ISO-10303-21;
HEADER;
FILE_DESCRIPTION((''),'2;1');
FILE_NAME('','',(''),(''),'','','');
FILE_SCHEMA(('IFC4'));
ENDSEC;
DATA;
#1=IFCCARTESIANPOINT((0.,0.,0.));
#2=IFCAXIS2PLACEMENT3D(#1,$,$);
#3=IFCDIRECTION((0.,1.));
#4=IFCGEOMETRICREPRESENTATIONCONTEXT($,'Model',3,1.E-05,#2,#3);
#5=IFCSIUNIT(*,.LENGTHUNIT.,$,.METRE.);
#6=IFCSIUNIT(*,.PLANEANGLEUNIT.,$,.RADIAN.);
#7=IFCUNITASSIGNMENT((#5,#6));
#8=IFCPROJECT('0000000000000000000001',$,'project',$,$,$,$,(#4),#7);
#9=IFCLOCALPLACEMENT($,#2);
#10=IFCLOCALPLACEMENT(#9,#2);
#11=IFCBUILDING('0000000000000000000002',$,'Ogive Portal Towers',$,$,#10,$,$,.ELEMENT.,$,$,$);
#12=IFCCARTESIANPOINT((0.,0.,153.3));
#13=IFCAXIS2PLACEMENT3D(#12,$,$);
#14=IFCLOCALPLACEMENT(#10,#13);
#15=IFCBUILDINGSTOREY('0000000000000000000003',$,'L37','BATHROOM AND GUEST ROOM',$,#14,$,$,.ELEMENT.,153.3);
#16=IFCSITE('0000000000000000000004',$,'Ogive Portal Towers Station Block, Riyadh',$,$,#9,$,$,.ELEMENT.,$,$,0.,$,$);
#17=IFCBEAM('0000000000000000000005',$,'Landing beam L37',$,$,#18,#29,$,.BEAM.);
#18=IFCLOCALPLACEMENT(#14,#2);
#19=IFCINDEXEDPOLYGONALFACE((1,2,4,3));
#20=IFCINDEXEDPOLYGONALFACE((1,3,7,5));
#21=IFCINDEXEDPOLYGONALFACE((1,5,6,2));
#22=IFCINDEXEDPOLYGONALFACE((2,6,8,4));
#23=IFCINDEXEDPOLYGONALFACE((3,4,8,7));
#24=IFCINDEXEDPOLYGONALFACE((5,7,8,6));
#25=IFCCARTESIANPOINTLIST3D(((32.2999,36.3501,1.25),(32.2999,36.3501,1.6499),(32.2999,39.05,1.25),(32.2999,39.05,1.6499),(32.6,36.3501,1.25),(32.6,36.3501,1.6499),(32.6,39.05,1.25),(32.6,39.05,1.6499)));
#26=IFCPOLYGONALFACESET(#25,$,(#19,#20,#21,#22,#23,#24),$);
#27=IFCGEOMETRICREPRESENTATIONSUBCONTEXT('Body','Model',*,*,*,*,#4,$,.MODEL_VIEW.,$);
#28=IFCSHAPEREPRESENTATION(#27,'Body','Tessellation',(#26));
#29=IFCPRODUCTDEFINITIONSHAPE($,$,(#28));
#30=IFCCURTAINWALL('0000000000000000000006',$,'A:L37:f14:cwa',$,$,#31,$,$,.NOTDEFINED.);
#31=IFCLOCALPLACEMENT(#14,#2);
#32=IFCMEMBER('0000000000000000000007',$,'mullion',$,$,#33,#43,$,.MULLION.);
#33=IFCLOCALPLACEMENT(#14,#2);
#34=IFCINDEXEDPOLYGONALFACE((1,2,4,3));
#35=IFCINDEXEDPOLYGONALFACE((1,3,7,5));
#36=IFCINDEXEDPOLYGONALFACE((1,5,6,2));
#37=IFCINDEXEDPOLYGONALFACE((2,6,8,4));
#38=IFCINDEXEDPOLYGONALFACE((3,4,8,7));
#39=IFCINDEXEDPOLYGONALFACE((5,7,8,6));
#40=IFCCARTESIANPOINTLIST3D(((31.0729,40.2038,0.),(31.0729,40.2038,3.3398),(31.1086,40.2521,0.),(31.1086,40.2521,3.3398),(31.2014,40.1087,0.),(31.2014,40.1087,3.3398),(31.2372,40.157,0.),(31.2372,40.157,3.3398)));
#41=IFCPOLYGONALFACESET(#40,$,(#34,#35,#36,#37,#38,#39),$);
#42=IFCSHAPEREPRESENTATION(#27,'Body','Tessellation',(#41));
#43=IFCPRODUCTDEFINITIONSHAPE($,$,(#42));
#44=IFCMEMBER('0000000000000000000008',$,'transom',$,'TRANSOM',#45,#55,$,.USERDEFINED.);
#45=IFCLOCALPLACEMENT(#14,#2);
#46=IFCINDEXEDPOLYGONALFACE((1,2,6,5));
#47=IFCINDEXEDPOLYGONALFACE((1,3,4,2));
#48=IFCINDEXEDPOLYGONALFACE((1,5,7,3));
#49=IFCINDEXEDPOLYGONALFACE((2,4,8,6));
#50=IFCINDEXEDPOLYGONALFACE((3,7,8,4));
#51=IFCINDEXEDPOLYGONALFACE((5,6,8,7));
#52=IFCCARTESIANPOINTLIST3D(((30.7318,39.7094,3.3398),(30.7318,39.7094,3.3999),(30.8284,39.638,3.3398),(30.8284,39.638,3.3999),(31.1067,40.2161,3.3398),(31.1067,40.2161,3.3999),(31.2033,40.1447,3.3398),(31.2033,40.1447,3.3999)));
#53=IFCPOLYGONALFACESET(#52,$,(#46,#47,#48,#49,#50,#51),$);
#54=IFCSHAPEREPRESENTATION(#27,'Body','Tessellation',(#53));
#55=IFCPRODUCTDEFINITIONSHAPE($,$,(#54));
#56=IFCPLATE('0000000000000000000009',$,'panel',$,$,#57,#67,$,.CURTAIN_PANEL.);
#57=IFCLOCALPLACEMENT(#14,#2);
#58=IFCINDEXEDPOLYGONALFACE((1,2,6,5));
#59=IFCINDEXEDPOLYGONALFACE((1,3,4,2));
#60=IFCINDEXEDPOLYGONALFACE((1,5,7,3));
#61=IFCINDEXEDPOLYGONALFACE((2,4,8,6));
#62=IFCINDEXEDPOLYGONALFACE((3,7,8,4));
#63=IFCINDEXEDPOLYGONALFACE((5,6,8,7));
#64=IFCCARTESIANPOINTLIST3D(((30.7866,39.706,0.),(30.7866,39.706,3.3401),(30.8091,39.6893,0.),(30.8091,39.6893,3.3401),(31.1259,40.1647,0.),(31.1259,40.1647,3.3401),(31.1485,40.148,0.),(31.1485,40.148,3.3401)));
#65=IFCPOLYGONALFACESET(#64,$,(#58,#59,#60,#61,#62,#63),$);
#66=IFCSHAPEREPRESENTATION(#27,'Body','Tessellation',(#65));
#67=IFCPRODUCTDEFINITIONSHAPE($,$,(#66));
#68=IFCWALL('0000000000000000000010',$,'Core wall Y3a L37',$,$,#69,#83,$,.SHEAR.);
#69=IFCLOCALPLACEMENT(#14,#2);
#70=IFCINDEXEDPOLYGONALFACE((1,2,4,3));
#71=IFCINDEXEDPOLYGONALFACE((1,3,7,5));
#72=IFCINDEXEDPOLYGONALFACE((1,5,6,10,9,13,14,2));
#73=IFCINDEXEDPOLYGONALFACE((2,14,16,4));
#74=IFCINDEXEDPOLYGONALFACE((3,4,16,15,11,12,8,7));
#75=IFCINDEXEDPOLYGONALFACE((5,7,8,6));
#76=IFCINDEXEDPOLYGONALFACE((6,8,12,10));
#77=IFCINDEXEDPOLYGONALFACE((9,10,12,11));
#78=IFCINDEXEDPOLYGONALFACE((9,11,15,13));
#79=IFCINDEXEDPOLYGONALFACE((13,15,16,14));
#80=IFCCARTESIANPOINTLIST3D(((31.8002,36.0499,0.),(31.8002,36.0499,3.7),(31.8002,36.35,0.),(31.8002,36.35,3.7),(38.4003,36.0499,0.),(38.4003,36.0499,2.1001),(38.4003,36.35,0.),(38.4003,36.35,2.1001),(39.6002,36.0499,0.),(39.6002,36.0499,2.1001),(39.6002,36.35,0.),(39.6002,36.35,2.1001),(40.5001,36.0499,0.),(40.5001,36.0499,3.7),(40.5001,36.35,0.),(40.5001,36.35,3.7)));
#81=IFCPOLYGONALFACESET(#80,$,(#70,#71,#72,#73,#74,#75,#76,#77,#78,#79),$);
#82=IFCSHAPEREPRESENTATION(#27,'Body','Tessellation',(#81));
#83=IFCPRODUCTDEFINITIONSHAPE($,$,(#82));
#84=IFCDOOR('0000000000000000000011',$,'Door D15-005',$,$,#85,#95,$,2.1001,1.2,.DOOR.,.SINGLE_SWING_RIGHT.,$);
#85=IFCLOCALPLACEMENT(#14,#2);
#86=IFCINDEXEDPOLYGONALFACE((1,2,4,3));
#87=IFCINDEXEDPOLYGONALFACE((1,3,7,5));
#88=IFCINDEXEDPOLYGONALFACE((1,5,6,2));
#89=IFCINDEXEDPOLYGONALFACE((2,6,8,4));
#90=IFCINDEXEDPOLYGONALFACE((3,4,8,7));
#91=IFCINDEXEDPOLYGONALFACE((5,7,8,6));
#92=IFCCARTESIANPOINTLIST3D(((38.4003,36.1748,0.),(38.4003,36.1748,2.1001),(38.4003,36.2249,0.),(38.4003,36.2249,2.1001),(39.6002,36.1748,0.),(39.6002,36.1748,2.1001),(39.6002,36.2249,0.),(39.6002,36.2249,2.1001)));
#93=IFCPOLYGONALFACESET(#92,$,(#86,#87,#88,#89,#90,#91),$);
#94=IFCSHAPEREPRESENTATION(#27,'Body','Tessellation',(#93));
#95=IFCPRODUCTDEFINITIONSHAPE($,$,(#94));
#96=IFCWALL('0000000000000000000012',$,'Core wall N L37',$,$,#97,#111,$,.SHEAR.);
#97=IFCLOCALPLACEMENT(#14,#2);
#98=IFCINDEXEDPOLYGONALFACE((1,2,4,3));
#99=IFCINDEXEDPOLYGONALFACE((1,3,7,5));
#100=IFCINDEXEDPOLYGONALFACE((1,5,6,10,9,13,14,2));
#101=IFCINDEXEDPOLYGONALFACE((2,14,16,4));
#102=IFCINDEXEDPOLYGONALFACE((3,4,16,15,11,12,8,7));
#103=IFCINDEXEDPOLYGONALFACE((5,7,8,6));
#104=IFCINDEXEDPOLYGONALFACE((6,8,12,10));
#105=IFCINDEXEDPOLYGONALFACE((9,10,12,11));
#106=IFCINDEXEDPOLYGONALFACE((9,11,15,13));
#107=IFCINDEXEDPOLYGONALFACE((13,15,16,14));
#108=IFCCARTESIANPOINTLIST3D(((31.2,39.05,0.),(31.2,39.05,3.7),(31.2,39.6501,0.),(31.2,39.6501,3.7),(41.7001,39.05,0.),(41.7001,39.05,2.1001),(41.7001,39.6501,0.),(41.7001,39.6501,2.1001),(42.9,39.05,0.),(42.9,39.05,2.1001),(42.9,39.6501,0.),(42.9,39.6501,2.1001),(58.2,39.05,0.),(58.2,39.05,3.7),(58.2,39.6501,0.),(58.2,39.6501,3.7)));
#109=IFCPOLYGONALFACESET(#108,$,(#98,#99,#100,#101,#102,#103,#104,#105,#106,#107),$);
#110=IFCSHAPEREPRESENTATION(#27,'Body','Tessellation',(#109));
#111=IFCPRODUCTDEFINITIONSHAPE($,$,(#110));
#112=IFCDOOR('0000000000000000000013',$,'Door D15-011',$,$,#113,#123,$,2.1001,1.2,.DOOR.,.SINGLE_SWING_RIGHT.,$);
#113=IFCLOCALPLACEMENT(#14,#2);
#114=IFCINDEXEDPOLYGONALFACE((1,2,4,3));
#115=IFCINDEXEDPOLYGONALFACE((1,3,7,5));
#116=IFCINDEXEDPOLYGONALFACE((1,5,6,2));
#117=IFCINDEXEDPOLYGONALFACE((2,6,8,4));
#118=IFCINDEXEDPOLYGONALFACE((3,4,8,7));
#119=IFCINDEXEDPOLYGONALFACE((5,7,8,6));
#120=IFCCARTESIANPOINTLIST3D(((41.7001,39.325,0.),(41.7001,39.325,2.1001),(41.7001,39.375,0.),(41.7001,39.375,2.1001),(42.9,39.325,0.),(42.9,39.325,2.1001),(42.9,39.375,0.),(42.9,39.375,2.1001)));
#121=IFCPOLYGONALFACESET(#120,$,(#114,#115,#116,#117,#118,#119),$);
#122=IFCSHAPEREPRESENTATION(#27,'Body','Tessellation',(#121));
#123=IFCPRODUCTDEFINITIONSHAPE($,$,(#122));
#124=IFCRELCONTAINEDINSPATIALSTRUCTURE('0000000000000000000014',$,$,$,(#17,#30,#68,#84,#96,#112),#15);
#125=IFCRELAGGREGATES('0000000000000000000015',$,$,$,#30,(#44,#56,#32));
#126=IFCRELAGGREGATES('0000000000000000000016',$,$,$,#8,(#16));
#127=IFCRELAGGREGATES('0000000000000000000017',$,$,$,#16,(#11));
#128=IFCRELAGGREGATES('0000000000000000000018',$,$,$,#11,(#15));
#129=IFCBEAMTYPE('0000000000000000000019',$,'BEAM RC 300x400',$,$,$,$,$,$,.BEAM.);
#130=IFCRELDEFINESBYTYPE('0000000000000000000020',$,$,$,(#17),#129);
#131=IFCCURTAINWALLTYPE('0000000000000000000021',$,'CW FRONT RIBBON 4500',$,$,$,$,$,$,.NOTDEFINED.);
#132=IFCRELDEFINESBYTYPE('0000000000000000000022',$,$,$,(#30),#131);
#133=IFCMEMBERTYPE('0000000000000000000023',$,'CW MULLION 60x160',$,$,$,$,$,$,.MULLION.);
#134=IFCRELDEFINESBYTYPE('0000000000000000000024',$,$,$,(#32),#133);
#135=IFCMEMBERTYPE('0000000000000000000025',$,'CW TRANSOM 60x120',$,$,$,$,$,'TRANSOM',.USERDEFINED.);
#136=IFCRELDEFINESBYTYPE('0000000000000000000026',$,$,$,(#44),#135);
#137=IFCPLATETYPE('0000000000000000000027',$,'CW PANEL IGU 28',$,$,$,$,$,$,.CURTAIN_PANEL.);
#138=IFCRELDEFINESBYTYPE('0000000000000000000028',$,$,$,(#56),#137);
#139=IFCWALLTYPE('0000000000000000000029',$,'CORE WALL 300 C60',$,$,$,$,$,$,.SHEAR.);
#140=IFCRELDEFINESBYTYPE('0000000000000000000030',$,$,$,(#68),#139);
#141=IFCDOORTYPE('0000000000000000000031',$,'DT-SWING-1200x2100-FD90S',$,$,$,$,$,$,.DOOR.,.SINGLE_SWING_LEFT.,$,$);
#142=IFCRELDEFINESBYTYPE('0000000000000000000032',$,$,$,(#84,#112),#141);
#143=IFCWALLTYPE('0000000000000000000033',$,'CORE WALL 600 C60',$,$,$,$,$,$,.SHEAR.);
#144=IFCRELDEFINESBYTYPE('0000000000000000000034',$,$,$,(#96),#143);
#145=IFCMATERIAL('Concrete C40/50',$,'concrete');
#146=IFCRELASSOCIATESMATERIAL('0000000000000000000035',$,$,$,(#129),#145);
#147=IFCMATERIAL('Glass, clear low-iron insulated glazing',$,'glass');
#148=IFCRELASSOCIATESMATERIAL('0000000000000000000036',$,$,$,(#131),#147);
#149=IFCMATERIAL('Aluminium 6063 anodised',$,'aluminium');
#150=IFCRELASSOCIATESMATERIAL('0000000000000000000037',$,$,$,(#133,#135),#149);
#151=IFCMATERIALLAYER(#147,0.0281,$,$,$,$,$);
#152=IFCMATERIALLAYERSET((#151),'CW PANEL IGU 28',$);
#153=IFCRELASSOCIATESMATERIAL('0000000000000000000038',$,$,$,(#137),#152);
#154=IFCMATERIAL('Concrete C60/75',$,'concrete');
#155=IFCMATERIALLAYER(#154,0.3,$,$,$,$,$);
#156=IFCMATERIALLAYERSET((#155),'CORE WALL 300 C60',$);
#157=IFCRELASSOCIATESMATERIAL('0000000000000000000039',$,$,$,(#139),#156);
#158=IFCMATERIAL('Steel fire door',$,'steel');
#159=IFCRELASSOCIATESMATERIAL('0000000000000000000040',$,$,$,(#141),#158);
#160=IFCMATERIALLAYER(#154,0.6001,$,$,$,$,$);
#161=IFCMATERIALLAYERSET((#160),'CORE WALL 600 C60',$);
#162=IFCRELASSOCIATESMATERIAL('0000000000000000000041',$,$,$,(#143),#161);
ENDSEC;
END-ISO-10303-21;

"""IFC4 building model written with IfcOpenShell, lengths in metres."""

from ifc_helpers import new_model, si_unit, direction, frame, frame_2d, origin, origin_2d, place, context, subcontext, project, spatial, rectangle, extrude, material, layer, layer_set, material_profile, profile_set, type_object, element, fill, aggregate, save


model = new_model("IFC4")

# Units and contexts
model_context = context("Model", 3, precision=1e-05, world=origin(), true_north=direction((0.0, 1.0)))
body_context = subcontext(model_context, "Body", "Model", "MODEL_VIEW")
ifc_project = project(units=[si_unit("LENGTHUNIT", "METRE"), si_unit("PLANEANGLEUNIT", "RADIAN")], contexts=[model_context])

# Site, building, storey
site_placement = place(None, origin())
site = spatial("IfcSite", under=ifc_project, at=site_placement, Name="Ogive Portal Towers Station Block, Riyadh", CompositionType="ELEMENT", RefElevation=0.0)
building_placement = place(site_placement, origin())
building = spatial("IfcBuilding", under=site, at=building_placement, Name="Ogive Portal Towers", CompositionType="ELEMENT")
storey_placement = place(building_placement, frame((0.0, 0.0, 153.3)))
storey = spatial("IfcBuildingStorey", under=building, at=storey_placement, Name="L37", Description="BATHROOM AND GUEST ROOM", CompositionType="ELEMENT", Elevation=153.3)

# Beam
ifc_material_1 = material(Name="Concrete C40/50", Category="concrete")
ifc_material_profile_1 = material_profile(ifc_material_1, rectangle(XDim=0.3, YDim=0.3999, at=origin_2d()), Name="RC 300x400")
ifc_profile_set_1 = profile_set([ifc_material_profile_1], Name="Concrete C40/50")
beam_type = type_object("IfcBeamType", Name="BEAM RC 300x400", PredefinedType="BEAM", material=ifc_profile_set_1)
beam_placement = place(storey_placement, frame((32.45, 36.3501, 1.45), z_axis=(0.0, 1.0, 0.0), x_axis=(-1.0, 0.0, 0.0)))
element("IfcBeam", 1, at=beam_placement, inside=storey, type_object=beam_type, Name="Landing beam L37", PredefinedType="BEAM", context=body_context, shape_type="SweptSolid", body=[
    extrude(rectangle(XDim=0.3, YDim=0.3999, at=origin_2d()), origin(), (0.0, 0.0, 1.0), 2.7),
])

# Curtain wall, members, plate
ifc_material_2 = material(Name="Glass, clear low-iron insulated glazing", Category="glass")
curtain_wall_type = type_object("IfcCurtainWallType", Name="CW FRONT RIBBON 4500", PredefinedType="NOTDEFINED", material=ifc_material_2)
curtain_wall_placement = place(storey_placement, origin())
curtain_wall = element("IfcCurtainWall", 2, at=curtain_wall_placement, inside=storey, type_object=curtain_wall_type, Name="A:L37:f14:cwa", PredefinedType="NOTDEFINED")
ifc_material_3 = material(Name="Aluminium 6063 anodised", Category="aluminium")
ifc_material_profile_2 = material_profile(ifc_material_3, rectangle(XDim=0.1599, YDim=0.0601, at=origin_2d()), Name="AL 60x160")
ifc_profile_set_2 = profile_set([ifc_material_profile_2], Name="Aluminium 6063 anodised")
member_type_1 = type_object("IfcMemberType", Name="CW MULLION 60x160", PredefinedType="MULLION", material=ifc_profile_set_2)
member_1_placement = place(storey_placement, frame((31.155, 40.1804, 0.0), z_axis=(0.0, 0.0, 1.0), x_axis=(0.803867, -0.594809, 0.0)))
member_1 = element("IfcMember", 3, at=member_1_placement, type_object=member_type_1, Name="mullion", PredefinedType="MULLION", context=body_context, shape_type="SweptSolid", body=[
    extrude(rectangle(XDim=0.1599, YDim=0.0601, at=origin_2d()), origin(), (0.0, 0.0, 1.0), 3.3398),
])
ifc_material_profile_3 = material_profile(ifc_material_3, rectangle(XDim=0.1201, YDim=0.0601, at=origin_2d()), Name="AL 120x60")
ifc_profile_set_3 = profile_set([ifc_material_profile_3], Name="Aluminium 6063 anodised")
member_type_2 = type_object("IfcMemberType", Name="CW TRANSOM 60x120", ElementType="TRANSOM", PredefinedType="USERDEFINED", material=ifc_profile_set_3)
member_2_placement = place(storey_placement, frame((31.155, 40.1804, 3.3699), z_axis=(-0.594783, -0.803886, 0.0), x_axis=(0.803886, -0.594783, 0.0)))
member_2 = element("IfcMember", 4, at=member_2_placement, type_object=member_type_2, Name="transom", ObjectType="TRANSOM", PredefinedType="USERDEFINED", context=body_context, shape_type="SweptSolid", body=[
    extrude(rectangle(XDim=0.1201, YDim=0.0601, at=origin_2d()), origin(), (0.0, 0.0, 1.0), 0.6304),
])
ifc_layer_1 = layer(ifc_material_2, 0.0281)
ifc_layer_set_1 = layer_set([ifc_layer_1], Name="CW PANEL IGU 28")
plate_type = type_object("IfcPlateType", Name="CW PANEL IGU 28", PredefinedType="CURTAIN_PANEL", material=ifc_layer_set_1)
plate_placement = place(storey_placement, frame((30.9675, 39.927, 0.0), z_axis=(0.0, 0.0, 1.0), x_axis=(-0.594809, -0.803867, 0.0)))
plate = element("IfcPlate", 5, at=plate_placement, type_object=plate_type, Name="panel", PredefinedType="CURTAIN_PANEL", context=body_context, shape_type="SweptSolid", body=[
    extrude(rectangle(XDim=0.5706, YDim=0.0281, at=origin_2d()), origin(), (0.0, 0.0, 1.0), 3.3401),
])
aggregate(curtain_wall, [member_2, plate, member_1])

# Walls, openings, doors
ifc_material_4 = material(Name="Concrete C60/75", Category="concrete")
ifc_layer_2 = layer(ifc_material_4, 0.3)
ifc_layer_set_2 = layer_set([ifc_layer_2], Name="CORE WALL 300 C60")
wall_type_1 = type_object("IfcWallType", Name="CORE WALL 300 C60", PredefinedType="SHEAR", material=ifc_layer_set_2)
wall_1_placement = place(storey_placement, frame((31.8, 36.2, 0.0), z_axis=(0.0, 0.0, 1.0), x_axis=(1.0, 0.0, 0.0)))
wall_1 = element("IfcWall", 6, at=wall_1_placement, inside=storey, type_object=wall_type_1, Name="Core wall Y3a L37", PredefinedType="SHEAR", context=body_context, shape_type="SweptSolid", body=[
    extrude(rectangle(XDim=8.7, YDim=0.3, at=frame_2d((4.3501, 0.0))), origin(), (0.0, 0.0, 1.0), 3.7),
])
opening_1_placement = place(wall_1_placement, frame((6.6001, 0.0, 0.0)))
opening_1 = element("IfcOpeningElement", 7, at=opening_1_placement, cuts=wall_1, PredefinedType="OPENING", context=body_context, shape_type="SweptSolid", body=[
    extrude(rectangle(XDim=1.2, YDim=2.1001, at=frame_2d((0.6001, 1.05))), frame((0.0, 0.1602, 0.0), z_axis=(0.0, -1.0, 0.0), x_axis=(1.0, 0.0, 0.0)), (0.0, 0.0, 1.0), 0.3201),
])
ifc_material_5 = material(Name="Steel fire door", Category="steel")
door_type = type_object("IfcDoorType", Name="DT-SWING-1200x2100-FD90S", OperationType="SINGLE_SWING_LEFT", PredefinedType="DOOR", material=ifc_material_5)
door_1_placement = place(opening_1_placement, origin())
door_1 = element("IfcDoor", 8, at=door_1_placement, inside=storey, type_object=door_type, Name="Door D15-005", OperationType="SINGLE_SWING_RIGHT", OverallHeight=2.1001, OverallWidth=1.2, PredefinedType="DOOR", context=body_context, shape_type="SweptSolid", body=[
    extrude(rectangle(XDim=1.2, YDim=2.1001, at=frame_2d((0.6001, 1.05))), frame((0.0, 0.0249, 0.0), z_axis=(0.0, -1.0, 0.0), x_axis=(1.0, 0.0, 0.0)), (0.0, 0.0, 1.0), 0.05),
])
fill(opening_1, door_1)
ifc_layer_3 = layer(ifc_material_4, 0.6001)
ifc_layer_set_3 = layer_set([ifc_layer_3], Name="CORE WALL 600 C60")
wall_type_2 = type_object("IfcWallType", Name="CORE WALL 600 C60", PredefinedType="SHEAR", material=ifc_layer_set_3)
wall_2_placement = place(storey_placement, frame((31.2, 39.3501, 0.0), z_axis=(0.0, 0.0, 1.0), x_axis=(1.0, 0.0, 0.0)))
wall_2 = element("IfcWall", 9, at=wall_2_placement, inside=storey, type_object=wall_type_2, Name="Core wall N L37", PredefinedType="SHEAR", context=body_context, shape_type="SweptSolid", body=[
    extrude(rectangle(XDim=27.0, YDim=0.6001, at=frame_2d((13.5, 0.0))), origin(), (0.0, 0.0, 1.0), 3.7),
])
opening_2_placement = place(wall_2_placement, frame((10.5, 0.0, 0.0)))
opening_2 = element("IfcOpeningElement", 10, at=opening_2_placement, cuts=wall_2, PredefinedType="OPENING", context=body_context, shape_type="SweptSolid", body=[
    extrude(rectangle(XDim=1.2, YDim=2.1001, at=frame_2d((0.6001, 1.05))), frame((0.0, 0.3101, 0.0), z_axis=(0.0, -1.0, 0.0), x_axis=(1.0, 0.0, 0.0)), (0.0, 0.0, 1.0), 0.6201),
])
door_2_placement = place(opening_2_placement, origin())
door_2 = element("IfcDoor", 11, at=door_2_placement, inside=storey, type_object=door_type, Name="Door D15-011", OperationType="SINGLE_SWING_RIGHT", OverallHeight=2.1001, OverallWidth=1.2, PredefinedType="DOOR", context=body_context, shape_type="SweptSolid", body=[
    extrude(rectangle(XDim=1.2, YDim=2.1001, at=frame_2d((0.6001, 1.05))), frame((0.0, 0.0249, 0.0), z_axis=(0.0, -1.0, 0.0), x_axis=(1.0, 0.0, 0.0)), (0.0, 0.0, 1.0), 0.05),
])
fill(opening_2, door_2)

save(model, "model.ifc")
